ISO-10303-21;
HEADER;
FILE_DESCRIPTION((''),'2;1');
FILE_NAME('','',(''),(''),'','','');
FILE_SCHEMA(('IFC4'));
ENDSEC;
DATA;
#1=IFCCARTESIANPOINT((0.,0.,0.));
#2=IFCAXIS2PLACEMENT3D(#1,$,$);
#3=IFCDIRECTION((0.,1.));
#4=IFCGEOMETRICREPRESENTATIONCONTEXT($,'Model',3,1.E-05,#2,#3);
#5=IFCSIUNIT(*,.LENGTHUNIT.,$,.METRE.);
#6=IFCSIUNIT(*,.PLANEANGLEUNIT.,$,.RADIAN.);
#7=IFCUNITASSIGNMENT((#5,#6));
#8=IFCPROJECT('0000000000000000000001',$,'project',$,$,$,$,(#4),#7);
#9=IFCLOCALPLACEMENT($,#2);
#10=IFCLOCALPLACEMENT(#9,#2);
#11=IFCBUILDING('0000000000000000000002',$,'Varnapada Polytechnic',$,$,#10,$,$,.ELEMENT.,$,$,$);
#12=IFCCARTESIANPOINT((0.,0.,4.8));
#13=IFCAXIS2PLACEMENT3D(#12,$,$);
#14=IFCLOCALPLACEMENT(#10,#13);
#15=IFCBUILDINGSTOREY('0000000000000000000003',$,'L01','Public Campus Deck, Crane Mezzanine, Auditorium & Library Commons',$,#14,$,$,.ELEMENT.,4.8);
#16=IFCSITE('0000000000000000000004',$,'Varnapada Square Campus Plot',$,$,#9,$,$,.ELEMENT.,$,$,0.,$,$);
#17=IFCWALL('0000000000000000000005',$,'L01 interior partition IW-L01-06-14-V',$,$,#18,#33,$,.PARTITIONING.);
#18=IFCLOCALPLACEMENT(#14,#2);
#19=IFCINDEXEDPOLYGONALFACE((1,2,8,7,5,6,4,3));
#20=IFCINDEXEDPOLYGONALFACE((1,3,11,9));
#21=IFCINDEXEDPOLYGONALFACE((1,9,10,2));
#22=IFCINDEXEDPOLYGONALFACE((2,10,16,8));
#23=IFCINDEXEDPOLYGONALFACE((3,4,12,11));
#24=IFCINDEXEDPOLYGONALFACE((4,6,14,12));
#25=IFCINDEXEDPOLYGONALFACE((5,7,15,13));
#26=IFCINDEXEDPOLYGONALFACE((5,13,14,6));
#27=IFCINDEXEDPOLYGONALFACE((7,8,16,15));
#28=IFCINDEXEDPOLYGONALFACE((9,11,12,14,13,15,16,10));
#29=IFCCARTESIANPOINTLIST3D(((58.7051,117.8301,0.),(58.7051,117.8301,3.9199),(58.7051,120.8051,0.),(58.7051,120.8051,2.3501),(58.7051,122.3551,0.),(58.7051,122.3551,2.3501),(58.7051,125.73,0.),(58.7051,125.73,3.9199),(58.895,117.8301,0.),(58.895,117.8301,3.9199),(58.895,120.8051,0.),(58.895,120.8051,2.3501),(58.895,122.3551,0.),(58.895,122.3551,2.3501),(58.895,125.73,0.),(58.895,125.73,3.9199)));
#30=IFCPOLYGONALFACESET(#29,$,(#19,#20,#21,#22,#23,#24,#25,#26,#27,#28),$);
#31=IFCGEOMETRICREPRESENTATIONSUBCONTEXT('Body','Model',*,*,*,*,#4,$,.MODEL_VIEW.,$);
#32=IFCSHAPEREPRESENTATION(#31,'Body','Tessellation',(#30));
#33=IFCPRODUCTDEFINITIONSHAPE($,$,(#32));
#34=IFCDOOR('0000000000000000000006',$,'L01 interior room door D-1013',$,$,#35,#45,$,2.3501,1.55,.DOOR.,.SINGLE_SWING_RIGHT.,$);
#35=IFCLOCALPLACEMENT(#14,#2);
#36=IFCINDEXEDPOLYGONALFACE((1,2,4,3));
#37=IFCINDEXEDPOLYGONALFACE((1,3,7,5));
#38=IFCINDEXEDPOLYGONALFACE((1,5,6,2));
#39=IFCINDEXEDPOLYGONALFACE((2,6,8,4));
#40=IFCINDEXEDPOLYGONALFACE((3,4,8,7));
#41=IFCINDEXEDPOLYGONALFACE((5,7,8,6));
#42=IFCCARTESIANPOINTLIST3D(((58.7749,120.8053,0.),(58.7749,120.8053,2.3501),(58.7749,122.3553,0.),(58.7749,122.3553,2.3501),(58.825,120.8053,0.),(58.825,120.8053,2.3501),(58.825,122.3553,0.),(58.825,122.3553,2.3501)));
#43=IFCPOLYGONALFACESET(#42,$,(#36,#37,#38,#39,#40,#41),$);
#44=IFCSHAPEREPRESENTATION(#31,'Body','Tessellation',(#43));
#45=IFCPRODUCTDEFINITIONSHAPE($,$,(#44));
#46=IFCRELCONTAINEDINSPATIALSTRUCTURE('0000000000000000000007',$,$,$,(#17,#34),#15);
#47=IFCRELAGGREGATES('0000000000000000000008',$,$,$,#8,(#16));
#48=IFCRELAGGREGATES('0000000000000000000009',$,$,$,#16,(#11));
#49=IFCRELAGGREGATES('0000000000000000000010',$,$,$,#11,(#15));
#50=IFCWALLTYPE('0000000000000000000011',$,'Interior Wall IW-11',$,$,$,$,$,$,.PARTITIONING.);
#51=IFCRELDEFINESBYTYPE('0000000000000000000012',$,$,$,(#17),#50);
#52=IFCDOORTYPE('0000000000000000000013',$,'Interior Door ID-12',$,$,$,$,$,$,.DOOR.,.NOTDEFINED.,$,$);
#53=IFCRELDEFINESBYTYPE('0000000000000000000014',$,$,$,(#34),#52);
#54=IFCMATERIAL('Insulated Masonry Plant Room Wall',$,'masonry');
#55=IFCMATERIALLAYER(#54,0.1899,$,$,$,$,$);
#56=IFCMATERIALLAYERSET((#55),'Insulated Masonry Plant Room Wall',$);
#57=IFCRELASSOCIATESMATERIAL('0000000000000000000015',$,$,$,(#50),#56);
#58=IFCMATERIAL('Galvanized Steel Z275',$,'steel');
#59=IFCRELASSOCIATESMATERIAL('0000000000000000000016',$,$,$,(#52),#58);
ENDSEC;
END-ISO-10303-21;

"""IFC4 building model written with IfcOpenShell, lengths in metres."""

from ifc_helpers import new_model, si_unit, direction, frame, frame_2d, origin, place, context, subcontext, project, spatial, rectangle, extrude, material, layer, layer_set, type_object, element, fill, save


model = new_model("IFC4")

# Units and contexts
model_context = context("Model", 3, precision=1e-05, world=origin(), true_north=direction((0.0, 1.0)))
body_context = subcontext(model_context, "Body", "Model", "MODEL_VIEW")
ifc_project = project(units=[si_unit("LENGTHUNIT", "METRE"), si_unit("PLANEANGLEUNIT", "RADIAN")], contexts=[model_context])

# Site, building, storey
site_placement = place(None, origin())
site = spatial("IfcSite", under=ifc_project, at=site_placement, Name="Varnapada Square Campus Plot", CompositionType="ELEMENT", RefElevation=0.0)
building_placement = place(site_placement, origin())
building = spatial("IfcBuilding", under=site, at=building_placement, Name="Varnapada Polytechnic", CompositionType="ELEMENT")
storey_placement = place(building_placement, frame((0.0, 0.0, 4.8)))
storey = spatial("IfcBuildingStorey", under=building, at=storey_placement, Name="L01", Description="Public Campus Deck, Crane Mezzanine, Auditorium & Library Commons", CompositionType="ELEMENT", Elevation=4.8)

# Wall, opening, door
ifc_material_1 = material(Name="Insulated Masonry Plant Room Wall", Category="masonry")
ifc_layer_1 = layer(ifc_material_1, 0.1899)
ifc_layer_set_1 = layer_set([ifc_layer_1], Name="Insulated Masonry Plant Room Wall")
wall_type = type_object("IfcWallType", Name="Interior Wall IW-11", PredefinedType="PARTITIONING", material=ifc_layer_set_1)
wall_placement = place(storey_placement, frame((58.8, 117.8301, 0.0), z_axis=(0.0, 0.0, 1.0), x_axis=(0.0, 1.0, 0.0)))
wall = element("IfcWall", 1, at=wall_placement, inside=storey, type_object=wall_type, Name="L01 interior partition IW-L01-06-14-V", PredefinedType="PARTITIONING", context=body_context, shape_type="SweptSolid", body=[
    extrude(rectangle(XDim=7.8999, YDim=0.1899, at=frame_2d((3.95, 0.0))), origin(), (0.0, 0.0, 1.0), 3.9199),
])
opening_placement = place(wall_placement, frame((2.9751, 0.0, 0.0)))
opening = element("IfcOpeningElement", 2, at=opening_placement, cuts=wall, PredefinedType="OPENING", context=body_context, shape_type="SweptSolid", body=[
    extrude(rectangle(XDim=1.55, YDim=2.3501, at=frame_2d((0.7749, 1.175))), frame((0.0, 0.105, 0.0), z_axis=(0.0, -1.0, 0.0), x_axis=(1.0, 0.0, 0.0)), (0.0, 0.0, 1.0), 0.21),
])
ifc_material_2 = material(Name="Galvanized Steel Z275", Category="steel")
door_type = type_object("IfcDoorType", Name="Interior Door ID-12", OperationType="NOTDEFINED", PredefinedType="DOOR", material=ifc_material_2)
door_placement = place(opening_placement, frame((1.55, 0.0, 0.0), z_axis=(0.0, 0.0, 1.0), x_axis=(-1.0, 0.0, 0.0)))
door = element("IfcDoor", 3, at=door_placement, inside=storey, type_object=door_type, Name="L01 interior room door D-1013", OperationType="SINGLE_SWING_RIGHT", OverallHeight=2.3501, OverallWidth=1.55, PredefinedType="DOOR", context=body_context, shape_type="SweptSolid", body=[
    extrude(rectangle(XDim=1.55, YDim=2.3501, at=frame_2d((0.7749, 1.175))), frame((0.0, 0.0249, 0.0), z_axis=(0.0, -1.0, 0.0), x_axis=(1.0, 0.0, 0.0)), (0.0, 0.0, 1.0), 0.05),
])
fill(opening, door)

save(model, "model.ifc")
